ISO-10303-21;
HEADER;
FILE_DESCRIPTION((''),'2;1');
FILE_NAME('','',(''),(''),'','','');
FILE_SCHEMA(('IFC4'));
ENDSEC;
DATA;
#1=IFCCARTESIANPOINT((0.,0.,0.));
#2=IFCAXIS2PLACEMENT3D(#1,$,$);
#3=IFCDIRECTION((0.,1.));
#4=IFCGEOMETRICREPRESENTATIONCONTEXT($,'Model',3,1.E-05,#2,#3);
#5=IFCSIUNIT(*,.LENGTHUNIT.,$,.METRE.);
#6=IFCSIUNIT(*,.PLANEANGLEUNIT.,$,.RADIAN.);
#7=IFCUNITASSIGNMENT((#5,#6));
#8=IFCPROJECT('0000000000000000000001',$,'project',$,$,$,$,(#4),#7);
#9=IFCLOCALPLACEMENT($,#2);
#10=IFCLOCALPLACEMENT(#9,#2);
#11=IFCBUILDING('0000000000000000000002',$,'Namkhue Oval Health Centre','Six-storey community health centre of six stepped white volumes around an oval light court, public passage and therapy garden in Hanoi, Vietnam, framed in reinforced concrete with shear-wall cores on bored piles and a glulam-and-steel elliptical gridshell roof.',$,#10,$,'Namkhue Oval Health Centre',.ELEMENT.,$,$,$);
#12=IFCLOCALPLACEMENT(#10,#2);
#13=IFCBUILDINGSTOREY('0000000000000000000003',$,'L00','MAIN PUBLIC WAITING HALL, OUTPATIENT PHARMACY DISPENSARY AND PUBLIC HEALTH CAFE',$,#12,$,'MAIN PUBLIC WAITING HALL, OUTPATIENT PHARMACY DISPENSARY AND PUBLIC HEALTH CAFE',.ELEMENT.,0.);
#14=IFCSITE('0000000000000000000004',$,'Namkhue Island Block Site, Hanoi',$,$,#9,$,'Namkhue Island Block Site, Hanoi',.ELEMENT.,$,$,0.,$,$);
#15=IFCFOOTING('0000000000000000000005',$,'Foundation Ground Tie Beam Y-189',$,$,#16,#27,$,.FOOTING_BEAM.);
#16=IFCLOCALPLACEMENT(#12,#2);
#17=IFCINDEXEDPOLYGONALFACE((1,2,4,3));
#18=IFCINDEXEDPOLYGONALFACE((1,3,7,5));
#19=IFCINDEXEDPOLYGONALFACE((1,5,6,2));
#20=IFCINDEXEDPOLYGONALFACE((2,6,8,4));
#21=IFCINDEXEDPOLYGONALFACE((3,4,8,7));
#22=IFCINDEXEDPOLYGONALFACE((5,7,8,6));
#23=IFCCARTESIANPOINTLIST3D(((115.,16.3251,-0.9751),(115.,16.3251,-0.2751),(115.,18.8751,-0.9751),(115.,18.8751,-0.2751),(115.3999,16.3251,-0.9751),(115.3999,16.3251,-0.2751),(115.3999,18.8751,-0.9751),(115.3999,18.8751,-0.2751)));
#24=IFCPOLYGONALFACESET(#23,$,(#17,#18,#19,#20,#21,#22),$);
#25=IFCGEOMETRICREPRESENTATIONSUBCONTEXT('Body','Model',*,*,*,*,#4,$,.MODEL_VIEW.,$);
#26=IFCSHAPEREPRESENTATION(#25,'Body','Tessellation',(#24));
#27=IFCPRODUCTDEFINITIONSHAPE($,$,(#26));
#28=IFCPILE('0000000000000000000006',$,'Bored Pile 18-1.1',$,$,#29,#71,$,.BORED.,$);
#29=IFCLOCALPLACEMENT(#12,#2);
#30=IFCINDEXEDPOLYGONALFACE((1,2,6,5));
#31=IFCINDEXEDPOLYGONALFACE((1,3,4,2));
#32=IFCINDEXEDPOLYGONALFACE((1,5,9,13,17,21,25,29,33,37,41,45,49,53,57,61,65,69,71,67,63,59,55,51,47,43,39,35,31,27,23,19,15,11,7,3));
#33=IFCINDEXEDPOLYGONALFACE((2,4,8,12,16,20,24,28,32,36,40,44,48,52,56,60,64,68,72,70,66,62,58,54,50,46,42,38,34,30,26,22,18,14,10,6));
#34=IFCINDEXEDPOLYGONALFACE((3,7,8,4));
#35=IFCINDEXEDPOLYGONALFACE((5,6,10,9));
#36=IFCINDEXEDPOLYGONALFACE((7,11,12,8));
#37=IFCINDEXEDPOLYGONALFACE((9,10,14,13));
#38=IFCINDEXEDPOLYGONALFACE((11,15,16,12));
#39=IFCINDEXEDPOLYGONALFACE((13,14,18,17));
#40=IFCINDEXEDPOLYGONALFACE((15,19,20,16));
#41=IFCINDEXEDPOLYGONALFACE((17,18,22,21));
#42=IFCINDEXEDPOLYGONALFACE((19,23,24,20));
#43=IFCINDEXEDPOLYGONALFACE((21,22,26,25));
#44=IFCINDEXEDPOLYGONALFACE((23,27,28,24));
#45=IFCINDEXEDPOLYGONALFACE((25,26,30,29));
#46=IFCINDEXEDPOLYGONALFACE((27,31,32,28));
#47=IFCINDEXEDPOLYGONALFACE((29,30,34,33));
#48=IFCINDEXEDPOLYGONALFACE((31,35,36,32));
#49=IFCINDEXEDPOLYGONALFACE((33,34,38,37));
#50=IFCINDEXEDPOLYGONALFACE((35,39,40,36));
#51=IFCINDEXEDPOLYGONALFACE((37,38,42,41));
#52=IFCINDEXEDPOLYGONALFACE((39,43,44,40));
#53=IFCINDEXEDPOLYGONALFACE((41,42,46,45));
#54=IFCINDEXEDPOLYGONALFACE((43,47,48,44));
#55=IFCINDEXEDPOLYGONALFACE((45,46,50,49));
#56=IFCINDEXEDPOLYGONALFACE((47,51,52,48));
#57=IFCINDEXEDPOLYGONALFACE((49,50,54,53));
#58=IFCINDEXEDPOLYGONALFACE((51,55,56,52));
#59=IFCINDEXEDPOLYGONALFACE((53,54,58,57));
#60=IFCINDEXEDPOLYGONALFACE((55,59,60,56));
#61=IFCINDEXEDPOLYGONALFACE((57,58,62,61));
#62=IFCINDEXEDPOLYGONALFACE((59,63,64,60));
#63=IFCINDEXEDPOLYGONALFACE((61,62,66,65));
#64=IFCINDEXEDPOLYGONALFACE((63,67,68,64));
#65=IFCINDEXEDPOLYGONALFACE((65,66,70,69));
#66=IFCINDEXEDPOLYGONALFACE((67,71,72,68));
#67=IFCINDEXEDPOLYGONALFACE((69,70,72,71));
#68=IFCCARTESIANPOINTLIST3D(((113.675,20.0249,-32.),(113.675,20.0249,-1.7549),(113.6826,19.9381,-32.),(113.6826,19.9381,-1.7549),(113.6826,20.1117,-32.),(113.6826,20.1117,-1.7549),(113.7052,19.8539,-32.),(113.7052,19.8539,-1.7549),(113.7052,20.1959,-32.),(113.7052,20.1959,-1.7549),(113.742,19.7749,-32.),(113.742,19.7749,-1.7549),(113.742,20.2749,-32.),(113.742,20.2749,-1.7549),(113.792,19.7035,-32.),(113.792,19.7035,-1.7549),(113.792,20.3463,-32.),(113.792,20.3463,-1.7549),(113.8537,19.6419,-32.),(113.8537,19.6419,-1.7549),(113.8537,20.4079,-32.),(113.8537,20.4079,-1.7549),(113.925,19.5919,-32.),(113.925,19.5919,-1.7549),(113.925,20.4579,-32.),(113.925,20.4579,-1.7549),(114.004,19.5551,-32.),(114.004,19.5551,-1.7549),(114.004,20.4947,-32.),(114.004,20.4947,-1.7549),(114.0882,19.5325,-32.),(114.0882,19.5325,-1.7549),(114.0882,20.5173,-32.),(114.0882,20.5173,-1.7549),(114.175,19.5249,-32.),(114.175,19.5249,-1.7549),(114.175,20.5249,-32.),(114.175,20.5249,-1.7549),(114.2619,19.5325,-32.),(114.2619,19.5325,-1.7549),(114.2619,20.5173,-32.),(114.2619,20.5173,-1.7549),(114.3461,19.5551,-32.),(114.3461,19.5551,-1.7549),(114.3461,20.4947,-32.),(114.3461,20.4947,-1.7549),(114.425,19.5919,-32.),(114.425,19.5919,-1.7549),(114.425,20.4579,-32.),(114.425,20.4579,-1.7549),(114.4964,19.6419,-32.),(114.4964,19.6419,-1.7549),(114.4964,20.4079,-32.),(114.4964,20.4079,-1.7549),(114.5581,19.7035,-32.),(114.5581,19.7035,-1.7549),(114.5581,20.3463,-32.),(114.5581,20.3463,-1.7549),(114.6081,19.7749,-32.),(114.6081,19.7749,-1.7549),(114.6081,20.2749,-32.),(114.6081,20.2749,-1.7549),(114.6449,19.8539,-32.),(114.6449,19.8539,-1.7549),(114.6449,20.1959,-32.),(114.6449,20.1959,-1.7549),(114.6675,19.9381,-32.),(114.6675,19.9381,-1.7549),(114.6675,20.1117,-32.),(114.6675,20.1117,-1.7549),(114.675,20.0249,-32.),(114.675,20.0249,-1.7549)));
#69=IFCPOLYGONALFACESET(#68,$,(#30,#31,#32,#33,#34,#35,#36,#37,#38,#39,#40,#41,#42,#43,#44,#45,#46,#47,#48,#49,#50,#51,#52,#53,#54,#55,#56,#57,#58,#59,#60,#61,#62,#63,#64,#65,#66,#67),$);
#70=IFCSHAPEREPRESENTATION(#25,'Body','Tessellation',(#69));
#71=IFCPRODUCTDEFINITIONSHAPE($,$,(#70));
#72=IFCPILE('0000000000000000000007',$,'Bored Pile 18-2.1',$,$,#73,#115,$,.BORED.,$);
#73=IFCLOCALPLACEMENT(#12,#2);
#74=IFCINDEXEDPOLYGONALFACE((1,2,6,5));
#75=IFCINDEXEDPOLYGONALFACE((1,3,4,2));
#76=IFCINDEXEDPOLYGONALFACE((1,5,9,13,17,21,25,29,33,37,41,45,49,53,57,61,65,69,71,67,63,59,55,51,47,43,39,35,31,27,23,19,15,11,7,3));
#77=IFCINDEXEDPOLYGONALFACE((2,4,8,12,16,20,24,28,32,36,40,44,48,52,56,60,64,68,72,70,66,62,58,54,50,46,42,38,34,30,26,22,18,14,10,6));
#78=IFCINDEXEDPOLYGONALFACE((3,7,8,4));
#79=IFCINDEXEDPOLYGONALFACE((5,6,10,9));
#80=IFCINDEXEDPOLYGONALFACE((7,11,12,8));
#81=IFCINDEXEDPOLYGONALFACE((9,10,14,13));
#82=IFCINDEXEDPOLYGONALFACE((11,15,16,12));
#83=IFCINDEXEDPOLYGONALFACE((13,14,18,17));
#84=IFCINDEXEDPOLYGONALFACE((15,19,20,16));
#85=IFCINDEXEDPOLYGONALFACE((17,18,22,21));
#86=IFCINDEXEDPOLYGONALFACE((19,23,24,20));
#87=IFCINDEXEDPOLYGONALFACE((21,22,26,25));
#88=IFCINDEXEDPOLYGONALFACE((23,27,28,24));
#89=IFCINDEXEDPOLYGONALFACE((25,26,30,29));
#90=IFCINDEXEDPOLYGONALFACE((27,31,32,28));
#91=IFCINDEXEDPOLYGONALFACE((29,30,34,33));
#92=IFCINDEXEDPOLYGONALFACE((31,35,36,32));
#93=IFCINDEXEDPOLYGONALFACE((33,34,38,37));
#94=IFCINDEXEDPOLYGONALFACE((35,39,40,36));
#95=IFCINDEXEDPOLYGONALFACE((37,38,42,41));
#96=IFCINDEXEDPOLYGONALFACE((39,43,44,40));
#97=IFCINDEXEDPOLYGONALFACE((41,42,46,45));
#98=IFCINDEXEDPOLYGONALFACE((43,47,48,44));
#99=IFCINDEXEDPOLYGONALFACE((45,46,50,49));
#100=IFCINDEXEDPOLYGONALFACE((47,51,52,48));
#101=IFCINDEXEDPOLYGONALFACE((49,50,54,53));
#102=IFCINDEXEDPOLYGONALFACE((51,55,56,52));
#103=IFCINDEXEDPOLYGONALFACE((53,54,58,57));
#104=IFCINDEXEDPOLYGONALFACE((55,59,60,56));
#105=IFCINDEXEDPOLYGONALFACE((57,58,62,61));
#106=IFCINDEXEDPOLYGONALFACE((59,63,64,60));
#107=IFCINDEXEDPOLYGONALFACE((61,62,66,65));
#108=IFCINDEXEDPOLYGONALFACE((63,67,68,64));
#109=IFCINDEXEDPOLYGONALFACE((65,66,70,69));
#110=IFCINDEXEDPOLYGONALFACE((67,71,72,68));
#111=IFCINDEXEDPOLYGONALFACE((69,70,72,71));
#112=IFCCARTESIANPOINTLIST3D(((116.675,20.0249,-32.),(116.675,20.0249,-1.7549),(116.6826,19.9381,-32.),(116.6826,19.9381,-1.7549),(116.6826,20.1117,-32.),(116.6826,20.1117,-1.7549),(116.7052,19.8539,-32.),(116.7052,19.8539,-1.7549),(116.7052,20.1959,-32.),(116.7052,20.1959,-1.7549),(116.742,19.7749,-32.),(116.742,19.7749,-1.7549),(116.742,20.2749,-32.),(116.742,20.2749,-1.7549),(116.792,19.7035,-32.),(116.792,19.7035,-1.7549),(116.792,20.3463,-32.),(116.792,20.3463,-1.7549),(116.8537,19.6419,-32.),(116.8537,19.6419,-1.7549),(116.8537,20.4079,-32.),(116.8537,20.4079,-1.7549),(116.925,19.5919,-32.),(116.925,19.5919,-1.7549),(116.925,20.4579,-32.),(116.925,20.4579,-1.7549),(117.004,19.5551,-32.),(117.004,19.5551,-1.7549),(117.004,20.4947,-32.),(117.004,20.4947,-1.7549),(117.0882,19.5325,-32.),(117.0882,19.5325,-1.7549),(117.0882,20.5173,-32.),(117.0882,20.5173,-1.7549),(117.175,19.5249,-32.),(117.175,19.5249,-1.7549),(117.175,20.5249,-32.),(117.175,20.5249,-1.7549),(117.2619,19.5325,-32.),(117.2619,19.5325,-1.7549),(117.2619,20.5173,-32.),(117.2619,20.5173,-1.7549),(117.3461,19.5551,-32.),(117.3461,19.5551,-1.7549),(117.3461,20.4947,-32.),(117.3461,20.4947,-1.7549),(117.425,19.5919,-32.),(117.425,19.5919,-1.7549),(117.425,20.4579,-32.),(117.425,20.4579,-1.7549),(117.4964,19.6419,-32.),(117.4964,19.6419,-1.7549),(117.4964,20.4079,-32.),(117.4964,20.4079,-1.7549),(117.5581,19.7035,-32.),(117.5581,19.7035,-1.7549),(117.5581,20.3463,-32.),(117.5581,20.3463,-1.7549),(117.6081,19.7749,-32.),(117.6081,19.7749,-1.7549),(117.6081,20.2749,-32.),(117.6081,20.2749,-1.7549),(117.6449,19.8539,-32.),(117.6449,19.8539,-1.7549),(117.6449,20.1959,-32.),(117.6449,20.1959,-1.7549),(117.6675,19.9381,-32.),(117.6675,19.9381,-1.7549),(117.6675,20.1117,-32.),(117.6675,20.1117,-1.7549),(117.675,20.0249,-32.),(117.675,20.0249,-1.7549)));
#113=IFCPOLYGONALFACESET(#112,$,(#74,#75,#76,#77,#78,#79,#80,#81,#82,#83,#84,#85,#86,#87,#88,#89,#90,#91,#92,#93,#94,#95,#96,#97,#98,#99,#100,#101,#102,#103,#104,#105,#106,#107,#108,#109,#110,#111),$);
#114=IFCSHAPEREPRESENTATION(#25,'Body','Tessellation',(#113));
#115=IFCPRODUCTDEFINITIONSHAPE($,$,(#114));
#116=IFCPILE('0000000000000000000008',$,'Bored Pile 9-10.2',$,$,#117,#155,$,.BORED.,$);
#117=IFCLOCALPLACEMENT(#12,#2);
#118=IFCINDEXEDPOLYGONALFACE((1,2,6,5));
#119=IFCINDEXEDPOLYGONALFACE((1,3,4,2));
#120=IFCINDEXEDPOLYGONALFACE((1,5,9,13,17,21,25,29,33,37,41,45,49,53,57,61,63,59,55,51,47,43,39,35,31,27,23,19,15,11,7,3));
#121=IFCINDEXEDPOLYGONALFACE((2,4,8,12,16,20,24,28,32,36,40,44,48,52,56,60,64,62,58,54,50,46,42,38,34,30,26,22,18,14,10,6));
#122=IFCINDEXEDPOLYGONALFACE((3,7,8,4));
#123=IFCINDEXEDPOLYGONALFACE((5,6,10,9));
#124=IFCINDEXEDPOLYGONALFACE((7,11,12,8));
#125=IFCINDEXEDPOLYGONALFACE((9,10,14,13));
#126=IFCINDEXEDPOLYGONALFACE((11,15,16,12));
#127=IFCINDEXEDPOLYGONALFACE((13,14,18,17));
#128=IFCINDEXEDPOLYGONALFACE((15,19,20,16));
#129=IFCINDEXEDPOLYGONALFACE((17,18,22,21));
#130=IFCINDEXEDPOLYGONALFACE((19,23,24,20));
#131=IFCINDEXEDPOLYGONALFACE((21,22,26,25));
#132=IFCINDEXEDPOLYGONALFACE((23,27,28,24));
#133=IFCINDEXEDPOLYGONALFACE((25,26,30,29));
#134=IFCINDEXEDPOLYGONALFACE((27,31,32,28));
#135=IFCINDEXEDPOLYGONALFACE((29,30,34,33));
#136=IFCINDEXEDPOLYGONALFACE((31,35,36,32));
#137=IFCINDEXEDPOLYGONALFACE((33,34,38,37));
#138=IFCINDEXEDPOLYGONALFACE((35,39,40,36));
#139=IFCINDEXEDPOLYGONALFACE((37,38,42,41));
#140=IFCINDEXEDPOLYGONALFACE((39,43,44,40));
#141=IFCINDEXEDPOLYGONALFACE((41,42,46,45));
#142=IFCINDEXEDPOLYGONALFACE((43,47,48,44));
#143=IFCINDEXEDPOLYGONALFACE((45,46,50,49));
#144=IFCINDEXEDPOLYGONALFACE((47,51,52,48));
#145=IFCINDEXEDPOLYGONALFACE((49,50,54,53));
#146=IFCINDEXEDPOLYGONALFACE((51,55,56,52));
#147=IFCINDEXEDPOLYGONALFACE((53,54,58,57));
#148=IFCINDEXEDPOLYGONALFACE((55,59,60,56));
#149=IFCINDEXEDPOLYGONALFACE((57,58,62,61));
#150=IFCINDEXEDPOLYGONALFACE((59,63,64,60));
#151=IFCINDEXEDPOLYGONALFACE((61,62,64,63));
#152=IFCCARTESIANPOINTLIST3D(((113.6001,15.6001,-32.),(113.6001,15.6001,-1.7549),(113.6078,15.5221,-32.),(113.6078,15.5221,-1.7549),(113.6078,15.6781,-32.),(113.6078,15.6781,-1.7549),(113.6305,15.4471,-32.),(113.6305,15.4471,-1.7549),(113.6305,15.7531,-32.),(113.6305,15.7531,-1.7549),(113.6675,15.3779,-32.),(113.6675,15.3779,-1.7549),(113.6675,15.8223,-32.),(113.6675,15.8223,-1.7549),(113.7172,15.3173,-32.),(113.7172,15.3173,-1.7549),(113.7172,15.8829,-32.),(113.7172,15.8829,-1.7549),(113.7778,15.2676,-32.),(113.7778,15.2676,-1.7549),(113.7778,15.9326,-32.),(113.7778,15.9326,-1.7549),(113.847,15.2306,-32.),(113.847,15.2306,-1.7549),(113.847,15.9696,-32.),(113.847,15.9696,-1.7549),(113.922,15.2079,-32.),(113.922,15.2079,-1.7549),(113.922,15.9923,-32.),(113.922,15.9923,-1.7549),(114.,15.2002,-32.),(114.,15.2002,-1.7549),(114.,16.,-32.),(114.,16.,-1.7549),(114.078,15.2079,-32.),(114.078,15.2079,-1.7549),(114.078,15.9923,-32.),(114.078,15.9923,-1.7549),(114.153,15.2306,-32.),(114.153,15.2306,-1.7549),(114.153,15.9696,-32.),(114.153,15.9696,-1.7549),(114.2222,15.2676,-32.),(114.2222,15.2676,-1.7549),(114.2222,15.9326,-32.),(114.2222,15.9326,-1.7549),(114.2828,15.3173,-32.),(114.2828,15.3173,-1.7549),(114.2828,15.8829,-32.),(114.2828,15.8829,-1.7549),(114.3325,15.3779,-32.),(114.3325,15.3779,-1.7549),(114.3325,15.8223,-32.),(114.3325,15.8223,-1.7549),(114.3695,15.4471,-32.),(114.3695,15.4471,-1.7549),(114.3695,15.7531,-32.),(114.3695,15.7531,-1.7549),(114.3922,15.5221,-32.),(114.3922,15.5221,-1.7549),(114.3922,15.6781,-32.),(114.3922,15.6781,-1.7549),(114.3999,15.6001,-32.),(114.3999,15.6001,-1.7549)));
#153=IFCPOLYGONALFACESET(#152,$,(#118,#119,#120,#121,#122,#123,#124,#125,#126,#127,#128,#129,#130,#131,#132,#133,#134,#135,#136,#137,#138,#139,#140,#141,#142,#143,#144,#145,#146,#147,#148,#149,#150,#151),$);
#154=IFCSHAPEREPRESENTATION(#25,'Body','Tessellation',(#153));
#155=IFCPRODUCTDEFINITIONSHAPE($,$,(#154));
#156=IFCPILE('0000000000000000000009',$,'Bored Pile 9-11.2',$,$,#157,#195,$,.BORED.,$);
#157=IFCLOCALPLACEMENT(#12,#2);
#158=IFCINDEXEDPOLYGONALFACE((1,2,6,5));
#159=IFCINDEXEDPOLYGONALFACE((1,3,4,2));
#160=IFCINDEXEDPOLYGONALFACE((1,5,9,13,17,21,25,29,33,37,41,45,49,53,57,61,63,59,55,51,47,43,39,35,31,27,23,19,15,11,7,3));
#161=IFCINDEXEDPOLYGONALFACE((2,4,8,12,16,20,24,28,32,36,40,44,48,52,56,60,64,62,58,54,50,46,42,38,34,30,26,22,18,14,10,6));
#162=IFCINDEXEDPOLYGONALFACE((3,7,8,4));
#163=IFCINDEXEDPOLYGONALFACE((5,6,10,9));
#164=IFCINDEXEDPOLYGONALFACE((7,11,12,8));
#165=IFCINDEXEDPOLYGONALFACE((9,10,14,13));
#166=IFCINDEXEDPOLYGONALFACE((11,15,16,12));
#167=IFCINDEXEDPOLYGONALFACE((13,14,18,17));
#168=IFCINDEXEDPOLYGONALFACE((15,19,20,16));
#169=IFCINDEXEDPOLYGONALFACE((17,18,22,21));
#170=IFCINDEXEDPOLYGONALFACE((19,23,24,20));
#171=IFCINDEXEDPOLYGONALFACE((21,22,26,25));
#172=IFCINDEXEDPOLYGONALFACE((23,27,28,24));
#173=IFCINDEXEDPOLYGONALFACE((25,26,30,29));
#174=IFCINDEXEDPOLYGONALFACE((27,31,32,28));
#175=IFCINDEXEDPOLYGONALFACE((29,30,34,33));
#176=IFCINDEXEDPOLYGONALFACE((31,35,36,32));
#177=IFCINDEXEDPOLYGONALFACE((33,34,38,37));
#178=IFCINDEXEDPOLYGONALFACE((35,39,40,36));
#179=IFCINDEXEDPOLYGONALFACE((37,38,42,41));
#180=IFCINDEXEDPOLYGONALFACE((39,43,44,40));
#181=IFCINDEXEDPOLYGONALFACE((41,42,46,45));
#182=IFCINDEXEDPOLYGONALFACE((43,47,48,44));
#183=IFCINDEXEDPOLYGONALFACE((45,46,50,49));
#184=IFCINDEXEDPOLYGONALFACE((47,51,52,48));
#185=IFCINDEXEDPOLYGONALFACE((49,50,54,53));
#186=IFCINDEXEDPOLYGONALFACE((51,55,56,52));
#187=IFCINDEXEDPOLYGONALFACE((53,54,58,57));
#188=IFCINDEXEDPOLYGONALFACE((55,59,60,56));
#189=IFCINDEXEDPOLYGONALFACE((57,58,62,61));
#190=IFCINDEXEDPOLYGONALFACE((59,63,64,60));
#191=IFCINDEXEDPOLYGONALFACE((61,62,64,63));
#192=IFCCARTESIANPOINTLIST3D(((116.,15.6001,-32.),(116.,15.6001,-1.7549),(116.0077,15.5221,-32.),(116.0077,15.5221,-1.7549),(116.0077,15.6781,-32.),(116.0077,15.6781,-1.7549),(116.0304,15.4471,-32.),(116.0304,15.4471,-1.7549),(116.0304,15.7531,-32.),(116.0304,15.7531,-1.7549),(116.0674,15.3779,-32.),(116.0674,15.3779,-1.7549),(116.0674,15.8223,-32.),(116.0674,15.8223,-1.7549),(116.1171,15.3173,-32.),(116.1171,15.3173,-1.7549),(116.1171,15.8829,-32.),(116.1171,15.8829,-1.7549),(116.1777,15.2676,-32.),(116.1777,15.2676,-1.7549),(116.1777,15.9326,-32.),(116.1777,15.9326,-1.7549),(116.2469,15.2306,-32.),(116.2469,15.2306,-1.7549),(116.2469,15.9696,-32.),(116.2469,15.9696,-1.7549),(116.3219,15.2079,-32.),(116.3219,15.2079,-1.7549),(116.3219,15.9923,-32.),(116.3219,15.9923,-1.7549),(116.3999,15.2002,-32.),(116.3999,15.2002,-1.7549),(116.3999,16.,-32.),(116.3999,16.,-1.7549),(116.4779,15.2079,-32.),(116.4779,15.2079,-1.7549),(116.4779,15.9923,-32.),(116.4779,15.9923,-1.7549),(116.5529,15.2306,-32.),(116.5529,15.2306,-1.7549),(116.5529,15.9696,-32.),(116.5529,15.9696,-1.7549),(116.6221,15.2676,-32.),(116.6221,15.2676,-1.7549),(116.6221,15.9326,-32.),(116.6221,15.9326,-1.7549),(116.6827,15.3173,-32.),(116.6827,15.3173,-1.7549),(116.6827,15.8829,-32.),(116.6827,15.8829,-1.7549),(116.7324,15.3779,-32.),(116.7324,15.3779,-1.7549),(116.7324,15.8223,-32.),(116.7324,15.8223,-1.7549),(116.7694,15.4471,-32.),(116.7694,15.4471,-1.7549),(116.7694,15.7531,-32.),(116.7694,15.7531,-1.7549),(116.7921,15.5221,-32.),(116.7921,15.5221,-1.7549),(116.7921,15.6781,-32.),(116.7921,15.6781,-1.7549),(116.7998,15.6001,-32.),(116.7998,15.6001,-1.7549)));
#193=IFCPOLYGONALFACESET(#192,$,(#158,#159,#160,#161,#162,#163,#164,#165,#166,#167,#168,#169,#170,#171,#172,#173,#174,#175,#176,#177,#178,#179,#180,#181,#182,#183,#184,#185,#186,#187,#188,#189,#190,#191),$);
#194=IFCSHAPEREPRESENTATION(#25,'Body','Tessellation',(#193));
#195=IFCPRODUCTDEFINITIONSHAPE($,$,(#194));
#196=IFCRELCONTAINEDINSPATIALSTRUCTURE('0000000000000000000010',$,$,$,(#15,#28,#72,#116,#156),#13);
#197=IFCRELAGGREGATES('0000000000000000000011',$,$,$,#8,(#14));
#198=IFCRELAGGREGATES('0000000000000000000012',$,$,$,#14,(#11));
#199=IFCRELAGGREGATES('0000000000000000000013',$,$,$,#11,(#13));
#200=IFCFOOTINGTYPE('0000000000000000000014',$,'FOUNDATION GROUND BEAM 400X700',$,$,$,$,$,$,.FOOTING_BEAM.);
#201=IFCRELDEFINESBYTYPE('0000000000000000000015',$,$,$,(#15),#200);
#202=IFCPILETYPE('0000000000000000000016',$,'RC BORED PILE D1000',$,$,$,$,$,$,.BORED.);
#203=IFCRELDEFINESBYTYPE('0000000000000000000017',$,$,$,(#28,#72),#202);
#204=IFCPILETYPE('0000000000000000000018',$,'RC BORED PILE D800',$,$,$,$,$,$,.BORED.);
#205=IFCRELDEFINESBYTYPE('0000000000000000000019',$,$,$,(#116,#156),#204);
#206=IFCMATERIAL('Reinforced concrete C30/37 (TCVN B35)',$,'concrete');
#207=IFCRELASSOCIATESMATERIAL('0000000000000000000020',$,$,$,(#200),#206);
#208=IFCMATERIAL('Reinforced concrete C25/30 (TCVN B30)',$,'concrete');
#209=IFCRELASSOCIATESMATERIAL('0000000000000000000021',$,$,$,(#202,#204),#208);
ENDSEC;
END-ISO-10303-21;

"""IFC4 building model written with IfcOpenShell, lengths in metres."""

from ifc_helpers import new_model, si_unit, direction, frame, origin, origin_2d, place, context, subcontext, project, spatial, rectangle, circle, extrude, material, material_profile, profile_set, type_object, element, save


model = new_model("IFC4")

# Units and contexts
model_context = context("Model", 3, precision=1e-05, world=origin(), true_north=direction((0.0, 1.0)))
body_context = subcontext(model_context, "Body", "Model", "MODEL_VIEW")
ifc_project = project(units=[si_unit("LENGTHUNIT", "METRE"), si_unit("PLANEANGLEUNIT", "RADIAN")], contexts=[model_context])

# Site, building, storey
site_placement = place(None, origin())
site = spatial("IfcSite", under=ifc_project, at=site_placement, Name="Namkhue Island Block Site, Hanoi", LongName="Namkhue Island Block Site, Hanoi", CompositionType="ELEMENT", RefElevation=0.0)
building_placement = place(site_placement, origin())
building = spatial("IfcBuilding", under=site, at=building_placement, Name="Namkhue Oval Health Centre", Description="Six-storey community health centre of six stepped white volumes around an oval light court, public passage and therapy garden in Hanoi, Vietnam, framed in reinforced concrete with shear-wall cores on bored piles and a glulam-and-steel elliptical gridshell roof.", LongName="Namkhue Oval Health Centre", CompositionType="ELEMENT")
storey_placement = place(building_placement, origin())
storey = spatial("IfcBuildingStorey", under=building, at=storey_placement, Name="L00", Description="MAIN PUBLIC WAITING HALL, OUTPATIENT PHARMACY DISPENSARY AND PUBLIC HEALTH CAFE", LongName="MAIN PUBLIC WAITING HALL, OUTPATIENT PHARMACY DISPENSARY AND PUBLIC HEALTH CAFE", CompositionType="ELEMENT", Elevation=0.0)

# Footing
ifc_material_1 = material(Name="Reinforced concrete C30/37 (TCVN B35)", Category="concrete")
footing_type = type_object("IfcFootingType", Name="FOUNDATION GROUND BEAM 400X700", PredefinedType="FOOTING_BEAM", material=ifc_material_1)
footing_placement = place(storey_placement, frame((115.2, 17.6001, -0.9751), z_axis=(0.0, 0.0, 1.0), x_axis=(0.0, 1.0, 0.0)))
element("IfcFooting", 1, at=footing_placement, inside=storey, type_object=footing_type, Name="Foundation Ground Tie Beam Y-189", PredefinedType="FOOTING_BEAM", context=body_context, shape_type="SweptSolid", body=[
    extrude(rectangle(XDim=2.55, YDim=0.3999, at=origin_2d()), origin(), (0.0, 0.0, 1.0), 0.7),
])

# Piles
ifc_material_2 = material(Name="Reinforced concrete C25/30 (TCVN B30)", Category="concrete")
ifc_material_profile_1 = material_profile(ifc_material_2, circle(Radius=0.5, at=origin_2d()), Name="BORED PILE D1000")
ifc_profile_set_1 = profile_set([ifc_material_profile_1], Name="Reinforced concrete C25/30 (TCVN B30)")
pile_type_1 = type_object("IfcPileType", Name="RC BORED PILE D1000", PredefinedType="BORED", material=ifc_profile_set_1)
for number, where, z_axis, x_axis, name in (
    (2, (114.175, 20.0249, -1.7549), (0.0, 0.0, -1.0), (1.0, 0.0, 0.0), "Bored Pile 18-1.1"),
    (3, (117.175, 20.0249, -1.7549), (0.0, 0.0, -1.0), (1.0, 0.0, 0.0), "Bored Pile 18-2.1"),
):
    element("IfcPile", number, at=place(storey_placement, frame(where, z_axis=z_axis, x_axis=x_axis)), inside=storey, type_object=pile_type_1, Name=name, PredefinedType="BORED", context=body_context, shape_type="SweptSolid", body=[
        extrude(circle(Radius=0.5, at=origin_2d()), origin(), (0.0, 0.0, 1.0), 30.2451),
    ])
ifc_material_profile_2 = material_profile(ifc_material_2, circle(Radius=0.3999, at=origin_2d()), Name="BORED PILE D800")
ifc_profile_set_2 = profile_set([ifc_material_profile_2], Name="Reinforced concrete C25/30 (TCVN B30)")
pile_type_2 = type_object("IfcPileType", Name="RC BORED PILE D800", PredefinedType="BORED", material=ifc_profile_set_2)
for number, where, z_axis, x_axis, name in (
    (4, (114.0, 15.6001, -1.7549), (0.0, 0.0, -1.0), (1.0, 0.0, 0.0), "Bored Pile 9-10.2"),
    (5, (116.3999, 15.6001, -1.7549), (0.0, 0.0, -1.0), (1.0, 0.0, 0.0), "Bored Pile 9-11.2"),
):
    element("IfcPile", number, at=place(storey_placement, frame(where, z_axis=z_axis, x_axis=x_axis)), inside=storey, type_object=pile_type_2, Name=name, PredefinedType="BORED", context=body_context, shape_type="SweptSolid", body=[
        extrude(circle(Radius=0.3999, at=origin_2d()), origin(), (0.0, 0.0, 1.0), 30.2451),
    ])

save(model, "model.ifc")
